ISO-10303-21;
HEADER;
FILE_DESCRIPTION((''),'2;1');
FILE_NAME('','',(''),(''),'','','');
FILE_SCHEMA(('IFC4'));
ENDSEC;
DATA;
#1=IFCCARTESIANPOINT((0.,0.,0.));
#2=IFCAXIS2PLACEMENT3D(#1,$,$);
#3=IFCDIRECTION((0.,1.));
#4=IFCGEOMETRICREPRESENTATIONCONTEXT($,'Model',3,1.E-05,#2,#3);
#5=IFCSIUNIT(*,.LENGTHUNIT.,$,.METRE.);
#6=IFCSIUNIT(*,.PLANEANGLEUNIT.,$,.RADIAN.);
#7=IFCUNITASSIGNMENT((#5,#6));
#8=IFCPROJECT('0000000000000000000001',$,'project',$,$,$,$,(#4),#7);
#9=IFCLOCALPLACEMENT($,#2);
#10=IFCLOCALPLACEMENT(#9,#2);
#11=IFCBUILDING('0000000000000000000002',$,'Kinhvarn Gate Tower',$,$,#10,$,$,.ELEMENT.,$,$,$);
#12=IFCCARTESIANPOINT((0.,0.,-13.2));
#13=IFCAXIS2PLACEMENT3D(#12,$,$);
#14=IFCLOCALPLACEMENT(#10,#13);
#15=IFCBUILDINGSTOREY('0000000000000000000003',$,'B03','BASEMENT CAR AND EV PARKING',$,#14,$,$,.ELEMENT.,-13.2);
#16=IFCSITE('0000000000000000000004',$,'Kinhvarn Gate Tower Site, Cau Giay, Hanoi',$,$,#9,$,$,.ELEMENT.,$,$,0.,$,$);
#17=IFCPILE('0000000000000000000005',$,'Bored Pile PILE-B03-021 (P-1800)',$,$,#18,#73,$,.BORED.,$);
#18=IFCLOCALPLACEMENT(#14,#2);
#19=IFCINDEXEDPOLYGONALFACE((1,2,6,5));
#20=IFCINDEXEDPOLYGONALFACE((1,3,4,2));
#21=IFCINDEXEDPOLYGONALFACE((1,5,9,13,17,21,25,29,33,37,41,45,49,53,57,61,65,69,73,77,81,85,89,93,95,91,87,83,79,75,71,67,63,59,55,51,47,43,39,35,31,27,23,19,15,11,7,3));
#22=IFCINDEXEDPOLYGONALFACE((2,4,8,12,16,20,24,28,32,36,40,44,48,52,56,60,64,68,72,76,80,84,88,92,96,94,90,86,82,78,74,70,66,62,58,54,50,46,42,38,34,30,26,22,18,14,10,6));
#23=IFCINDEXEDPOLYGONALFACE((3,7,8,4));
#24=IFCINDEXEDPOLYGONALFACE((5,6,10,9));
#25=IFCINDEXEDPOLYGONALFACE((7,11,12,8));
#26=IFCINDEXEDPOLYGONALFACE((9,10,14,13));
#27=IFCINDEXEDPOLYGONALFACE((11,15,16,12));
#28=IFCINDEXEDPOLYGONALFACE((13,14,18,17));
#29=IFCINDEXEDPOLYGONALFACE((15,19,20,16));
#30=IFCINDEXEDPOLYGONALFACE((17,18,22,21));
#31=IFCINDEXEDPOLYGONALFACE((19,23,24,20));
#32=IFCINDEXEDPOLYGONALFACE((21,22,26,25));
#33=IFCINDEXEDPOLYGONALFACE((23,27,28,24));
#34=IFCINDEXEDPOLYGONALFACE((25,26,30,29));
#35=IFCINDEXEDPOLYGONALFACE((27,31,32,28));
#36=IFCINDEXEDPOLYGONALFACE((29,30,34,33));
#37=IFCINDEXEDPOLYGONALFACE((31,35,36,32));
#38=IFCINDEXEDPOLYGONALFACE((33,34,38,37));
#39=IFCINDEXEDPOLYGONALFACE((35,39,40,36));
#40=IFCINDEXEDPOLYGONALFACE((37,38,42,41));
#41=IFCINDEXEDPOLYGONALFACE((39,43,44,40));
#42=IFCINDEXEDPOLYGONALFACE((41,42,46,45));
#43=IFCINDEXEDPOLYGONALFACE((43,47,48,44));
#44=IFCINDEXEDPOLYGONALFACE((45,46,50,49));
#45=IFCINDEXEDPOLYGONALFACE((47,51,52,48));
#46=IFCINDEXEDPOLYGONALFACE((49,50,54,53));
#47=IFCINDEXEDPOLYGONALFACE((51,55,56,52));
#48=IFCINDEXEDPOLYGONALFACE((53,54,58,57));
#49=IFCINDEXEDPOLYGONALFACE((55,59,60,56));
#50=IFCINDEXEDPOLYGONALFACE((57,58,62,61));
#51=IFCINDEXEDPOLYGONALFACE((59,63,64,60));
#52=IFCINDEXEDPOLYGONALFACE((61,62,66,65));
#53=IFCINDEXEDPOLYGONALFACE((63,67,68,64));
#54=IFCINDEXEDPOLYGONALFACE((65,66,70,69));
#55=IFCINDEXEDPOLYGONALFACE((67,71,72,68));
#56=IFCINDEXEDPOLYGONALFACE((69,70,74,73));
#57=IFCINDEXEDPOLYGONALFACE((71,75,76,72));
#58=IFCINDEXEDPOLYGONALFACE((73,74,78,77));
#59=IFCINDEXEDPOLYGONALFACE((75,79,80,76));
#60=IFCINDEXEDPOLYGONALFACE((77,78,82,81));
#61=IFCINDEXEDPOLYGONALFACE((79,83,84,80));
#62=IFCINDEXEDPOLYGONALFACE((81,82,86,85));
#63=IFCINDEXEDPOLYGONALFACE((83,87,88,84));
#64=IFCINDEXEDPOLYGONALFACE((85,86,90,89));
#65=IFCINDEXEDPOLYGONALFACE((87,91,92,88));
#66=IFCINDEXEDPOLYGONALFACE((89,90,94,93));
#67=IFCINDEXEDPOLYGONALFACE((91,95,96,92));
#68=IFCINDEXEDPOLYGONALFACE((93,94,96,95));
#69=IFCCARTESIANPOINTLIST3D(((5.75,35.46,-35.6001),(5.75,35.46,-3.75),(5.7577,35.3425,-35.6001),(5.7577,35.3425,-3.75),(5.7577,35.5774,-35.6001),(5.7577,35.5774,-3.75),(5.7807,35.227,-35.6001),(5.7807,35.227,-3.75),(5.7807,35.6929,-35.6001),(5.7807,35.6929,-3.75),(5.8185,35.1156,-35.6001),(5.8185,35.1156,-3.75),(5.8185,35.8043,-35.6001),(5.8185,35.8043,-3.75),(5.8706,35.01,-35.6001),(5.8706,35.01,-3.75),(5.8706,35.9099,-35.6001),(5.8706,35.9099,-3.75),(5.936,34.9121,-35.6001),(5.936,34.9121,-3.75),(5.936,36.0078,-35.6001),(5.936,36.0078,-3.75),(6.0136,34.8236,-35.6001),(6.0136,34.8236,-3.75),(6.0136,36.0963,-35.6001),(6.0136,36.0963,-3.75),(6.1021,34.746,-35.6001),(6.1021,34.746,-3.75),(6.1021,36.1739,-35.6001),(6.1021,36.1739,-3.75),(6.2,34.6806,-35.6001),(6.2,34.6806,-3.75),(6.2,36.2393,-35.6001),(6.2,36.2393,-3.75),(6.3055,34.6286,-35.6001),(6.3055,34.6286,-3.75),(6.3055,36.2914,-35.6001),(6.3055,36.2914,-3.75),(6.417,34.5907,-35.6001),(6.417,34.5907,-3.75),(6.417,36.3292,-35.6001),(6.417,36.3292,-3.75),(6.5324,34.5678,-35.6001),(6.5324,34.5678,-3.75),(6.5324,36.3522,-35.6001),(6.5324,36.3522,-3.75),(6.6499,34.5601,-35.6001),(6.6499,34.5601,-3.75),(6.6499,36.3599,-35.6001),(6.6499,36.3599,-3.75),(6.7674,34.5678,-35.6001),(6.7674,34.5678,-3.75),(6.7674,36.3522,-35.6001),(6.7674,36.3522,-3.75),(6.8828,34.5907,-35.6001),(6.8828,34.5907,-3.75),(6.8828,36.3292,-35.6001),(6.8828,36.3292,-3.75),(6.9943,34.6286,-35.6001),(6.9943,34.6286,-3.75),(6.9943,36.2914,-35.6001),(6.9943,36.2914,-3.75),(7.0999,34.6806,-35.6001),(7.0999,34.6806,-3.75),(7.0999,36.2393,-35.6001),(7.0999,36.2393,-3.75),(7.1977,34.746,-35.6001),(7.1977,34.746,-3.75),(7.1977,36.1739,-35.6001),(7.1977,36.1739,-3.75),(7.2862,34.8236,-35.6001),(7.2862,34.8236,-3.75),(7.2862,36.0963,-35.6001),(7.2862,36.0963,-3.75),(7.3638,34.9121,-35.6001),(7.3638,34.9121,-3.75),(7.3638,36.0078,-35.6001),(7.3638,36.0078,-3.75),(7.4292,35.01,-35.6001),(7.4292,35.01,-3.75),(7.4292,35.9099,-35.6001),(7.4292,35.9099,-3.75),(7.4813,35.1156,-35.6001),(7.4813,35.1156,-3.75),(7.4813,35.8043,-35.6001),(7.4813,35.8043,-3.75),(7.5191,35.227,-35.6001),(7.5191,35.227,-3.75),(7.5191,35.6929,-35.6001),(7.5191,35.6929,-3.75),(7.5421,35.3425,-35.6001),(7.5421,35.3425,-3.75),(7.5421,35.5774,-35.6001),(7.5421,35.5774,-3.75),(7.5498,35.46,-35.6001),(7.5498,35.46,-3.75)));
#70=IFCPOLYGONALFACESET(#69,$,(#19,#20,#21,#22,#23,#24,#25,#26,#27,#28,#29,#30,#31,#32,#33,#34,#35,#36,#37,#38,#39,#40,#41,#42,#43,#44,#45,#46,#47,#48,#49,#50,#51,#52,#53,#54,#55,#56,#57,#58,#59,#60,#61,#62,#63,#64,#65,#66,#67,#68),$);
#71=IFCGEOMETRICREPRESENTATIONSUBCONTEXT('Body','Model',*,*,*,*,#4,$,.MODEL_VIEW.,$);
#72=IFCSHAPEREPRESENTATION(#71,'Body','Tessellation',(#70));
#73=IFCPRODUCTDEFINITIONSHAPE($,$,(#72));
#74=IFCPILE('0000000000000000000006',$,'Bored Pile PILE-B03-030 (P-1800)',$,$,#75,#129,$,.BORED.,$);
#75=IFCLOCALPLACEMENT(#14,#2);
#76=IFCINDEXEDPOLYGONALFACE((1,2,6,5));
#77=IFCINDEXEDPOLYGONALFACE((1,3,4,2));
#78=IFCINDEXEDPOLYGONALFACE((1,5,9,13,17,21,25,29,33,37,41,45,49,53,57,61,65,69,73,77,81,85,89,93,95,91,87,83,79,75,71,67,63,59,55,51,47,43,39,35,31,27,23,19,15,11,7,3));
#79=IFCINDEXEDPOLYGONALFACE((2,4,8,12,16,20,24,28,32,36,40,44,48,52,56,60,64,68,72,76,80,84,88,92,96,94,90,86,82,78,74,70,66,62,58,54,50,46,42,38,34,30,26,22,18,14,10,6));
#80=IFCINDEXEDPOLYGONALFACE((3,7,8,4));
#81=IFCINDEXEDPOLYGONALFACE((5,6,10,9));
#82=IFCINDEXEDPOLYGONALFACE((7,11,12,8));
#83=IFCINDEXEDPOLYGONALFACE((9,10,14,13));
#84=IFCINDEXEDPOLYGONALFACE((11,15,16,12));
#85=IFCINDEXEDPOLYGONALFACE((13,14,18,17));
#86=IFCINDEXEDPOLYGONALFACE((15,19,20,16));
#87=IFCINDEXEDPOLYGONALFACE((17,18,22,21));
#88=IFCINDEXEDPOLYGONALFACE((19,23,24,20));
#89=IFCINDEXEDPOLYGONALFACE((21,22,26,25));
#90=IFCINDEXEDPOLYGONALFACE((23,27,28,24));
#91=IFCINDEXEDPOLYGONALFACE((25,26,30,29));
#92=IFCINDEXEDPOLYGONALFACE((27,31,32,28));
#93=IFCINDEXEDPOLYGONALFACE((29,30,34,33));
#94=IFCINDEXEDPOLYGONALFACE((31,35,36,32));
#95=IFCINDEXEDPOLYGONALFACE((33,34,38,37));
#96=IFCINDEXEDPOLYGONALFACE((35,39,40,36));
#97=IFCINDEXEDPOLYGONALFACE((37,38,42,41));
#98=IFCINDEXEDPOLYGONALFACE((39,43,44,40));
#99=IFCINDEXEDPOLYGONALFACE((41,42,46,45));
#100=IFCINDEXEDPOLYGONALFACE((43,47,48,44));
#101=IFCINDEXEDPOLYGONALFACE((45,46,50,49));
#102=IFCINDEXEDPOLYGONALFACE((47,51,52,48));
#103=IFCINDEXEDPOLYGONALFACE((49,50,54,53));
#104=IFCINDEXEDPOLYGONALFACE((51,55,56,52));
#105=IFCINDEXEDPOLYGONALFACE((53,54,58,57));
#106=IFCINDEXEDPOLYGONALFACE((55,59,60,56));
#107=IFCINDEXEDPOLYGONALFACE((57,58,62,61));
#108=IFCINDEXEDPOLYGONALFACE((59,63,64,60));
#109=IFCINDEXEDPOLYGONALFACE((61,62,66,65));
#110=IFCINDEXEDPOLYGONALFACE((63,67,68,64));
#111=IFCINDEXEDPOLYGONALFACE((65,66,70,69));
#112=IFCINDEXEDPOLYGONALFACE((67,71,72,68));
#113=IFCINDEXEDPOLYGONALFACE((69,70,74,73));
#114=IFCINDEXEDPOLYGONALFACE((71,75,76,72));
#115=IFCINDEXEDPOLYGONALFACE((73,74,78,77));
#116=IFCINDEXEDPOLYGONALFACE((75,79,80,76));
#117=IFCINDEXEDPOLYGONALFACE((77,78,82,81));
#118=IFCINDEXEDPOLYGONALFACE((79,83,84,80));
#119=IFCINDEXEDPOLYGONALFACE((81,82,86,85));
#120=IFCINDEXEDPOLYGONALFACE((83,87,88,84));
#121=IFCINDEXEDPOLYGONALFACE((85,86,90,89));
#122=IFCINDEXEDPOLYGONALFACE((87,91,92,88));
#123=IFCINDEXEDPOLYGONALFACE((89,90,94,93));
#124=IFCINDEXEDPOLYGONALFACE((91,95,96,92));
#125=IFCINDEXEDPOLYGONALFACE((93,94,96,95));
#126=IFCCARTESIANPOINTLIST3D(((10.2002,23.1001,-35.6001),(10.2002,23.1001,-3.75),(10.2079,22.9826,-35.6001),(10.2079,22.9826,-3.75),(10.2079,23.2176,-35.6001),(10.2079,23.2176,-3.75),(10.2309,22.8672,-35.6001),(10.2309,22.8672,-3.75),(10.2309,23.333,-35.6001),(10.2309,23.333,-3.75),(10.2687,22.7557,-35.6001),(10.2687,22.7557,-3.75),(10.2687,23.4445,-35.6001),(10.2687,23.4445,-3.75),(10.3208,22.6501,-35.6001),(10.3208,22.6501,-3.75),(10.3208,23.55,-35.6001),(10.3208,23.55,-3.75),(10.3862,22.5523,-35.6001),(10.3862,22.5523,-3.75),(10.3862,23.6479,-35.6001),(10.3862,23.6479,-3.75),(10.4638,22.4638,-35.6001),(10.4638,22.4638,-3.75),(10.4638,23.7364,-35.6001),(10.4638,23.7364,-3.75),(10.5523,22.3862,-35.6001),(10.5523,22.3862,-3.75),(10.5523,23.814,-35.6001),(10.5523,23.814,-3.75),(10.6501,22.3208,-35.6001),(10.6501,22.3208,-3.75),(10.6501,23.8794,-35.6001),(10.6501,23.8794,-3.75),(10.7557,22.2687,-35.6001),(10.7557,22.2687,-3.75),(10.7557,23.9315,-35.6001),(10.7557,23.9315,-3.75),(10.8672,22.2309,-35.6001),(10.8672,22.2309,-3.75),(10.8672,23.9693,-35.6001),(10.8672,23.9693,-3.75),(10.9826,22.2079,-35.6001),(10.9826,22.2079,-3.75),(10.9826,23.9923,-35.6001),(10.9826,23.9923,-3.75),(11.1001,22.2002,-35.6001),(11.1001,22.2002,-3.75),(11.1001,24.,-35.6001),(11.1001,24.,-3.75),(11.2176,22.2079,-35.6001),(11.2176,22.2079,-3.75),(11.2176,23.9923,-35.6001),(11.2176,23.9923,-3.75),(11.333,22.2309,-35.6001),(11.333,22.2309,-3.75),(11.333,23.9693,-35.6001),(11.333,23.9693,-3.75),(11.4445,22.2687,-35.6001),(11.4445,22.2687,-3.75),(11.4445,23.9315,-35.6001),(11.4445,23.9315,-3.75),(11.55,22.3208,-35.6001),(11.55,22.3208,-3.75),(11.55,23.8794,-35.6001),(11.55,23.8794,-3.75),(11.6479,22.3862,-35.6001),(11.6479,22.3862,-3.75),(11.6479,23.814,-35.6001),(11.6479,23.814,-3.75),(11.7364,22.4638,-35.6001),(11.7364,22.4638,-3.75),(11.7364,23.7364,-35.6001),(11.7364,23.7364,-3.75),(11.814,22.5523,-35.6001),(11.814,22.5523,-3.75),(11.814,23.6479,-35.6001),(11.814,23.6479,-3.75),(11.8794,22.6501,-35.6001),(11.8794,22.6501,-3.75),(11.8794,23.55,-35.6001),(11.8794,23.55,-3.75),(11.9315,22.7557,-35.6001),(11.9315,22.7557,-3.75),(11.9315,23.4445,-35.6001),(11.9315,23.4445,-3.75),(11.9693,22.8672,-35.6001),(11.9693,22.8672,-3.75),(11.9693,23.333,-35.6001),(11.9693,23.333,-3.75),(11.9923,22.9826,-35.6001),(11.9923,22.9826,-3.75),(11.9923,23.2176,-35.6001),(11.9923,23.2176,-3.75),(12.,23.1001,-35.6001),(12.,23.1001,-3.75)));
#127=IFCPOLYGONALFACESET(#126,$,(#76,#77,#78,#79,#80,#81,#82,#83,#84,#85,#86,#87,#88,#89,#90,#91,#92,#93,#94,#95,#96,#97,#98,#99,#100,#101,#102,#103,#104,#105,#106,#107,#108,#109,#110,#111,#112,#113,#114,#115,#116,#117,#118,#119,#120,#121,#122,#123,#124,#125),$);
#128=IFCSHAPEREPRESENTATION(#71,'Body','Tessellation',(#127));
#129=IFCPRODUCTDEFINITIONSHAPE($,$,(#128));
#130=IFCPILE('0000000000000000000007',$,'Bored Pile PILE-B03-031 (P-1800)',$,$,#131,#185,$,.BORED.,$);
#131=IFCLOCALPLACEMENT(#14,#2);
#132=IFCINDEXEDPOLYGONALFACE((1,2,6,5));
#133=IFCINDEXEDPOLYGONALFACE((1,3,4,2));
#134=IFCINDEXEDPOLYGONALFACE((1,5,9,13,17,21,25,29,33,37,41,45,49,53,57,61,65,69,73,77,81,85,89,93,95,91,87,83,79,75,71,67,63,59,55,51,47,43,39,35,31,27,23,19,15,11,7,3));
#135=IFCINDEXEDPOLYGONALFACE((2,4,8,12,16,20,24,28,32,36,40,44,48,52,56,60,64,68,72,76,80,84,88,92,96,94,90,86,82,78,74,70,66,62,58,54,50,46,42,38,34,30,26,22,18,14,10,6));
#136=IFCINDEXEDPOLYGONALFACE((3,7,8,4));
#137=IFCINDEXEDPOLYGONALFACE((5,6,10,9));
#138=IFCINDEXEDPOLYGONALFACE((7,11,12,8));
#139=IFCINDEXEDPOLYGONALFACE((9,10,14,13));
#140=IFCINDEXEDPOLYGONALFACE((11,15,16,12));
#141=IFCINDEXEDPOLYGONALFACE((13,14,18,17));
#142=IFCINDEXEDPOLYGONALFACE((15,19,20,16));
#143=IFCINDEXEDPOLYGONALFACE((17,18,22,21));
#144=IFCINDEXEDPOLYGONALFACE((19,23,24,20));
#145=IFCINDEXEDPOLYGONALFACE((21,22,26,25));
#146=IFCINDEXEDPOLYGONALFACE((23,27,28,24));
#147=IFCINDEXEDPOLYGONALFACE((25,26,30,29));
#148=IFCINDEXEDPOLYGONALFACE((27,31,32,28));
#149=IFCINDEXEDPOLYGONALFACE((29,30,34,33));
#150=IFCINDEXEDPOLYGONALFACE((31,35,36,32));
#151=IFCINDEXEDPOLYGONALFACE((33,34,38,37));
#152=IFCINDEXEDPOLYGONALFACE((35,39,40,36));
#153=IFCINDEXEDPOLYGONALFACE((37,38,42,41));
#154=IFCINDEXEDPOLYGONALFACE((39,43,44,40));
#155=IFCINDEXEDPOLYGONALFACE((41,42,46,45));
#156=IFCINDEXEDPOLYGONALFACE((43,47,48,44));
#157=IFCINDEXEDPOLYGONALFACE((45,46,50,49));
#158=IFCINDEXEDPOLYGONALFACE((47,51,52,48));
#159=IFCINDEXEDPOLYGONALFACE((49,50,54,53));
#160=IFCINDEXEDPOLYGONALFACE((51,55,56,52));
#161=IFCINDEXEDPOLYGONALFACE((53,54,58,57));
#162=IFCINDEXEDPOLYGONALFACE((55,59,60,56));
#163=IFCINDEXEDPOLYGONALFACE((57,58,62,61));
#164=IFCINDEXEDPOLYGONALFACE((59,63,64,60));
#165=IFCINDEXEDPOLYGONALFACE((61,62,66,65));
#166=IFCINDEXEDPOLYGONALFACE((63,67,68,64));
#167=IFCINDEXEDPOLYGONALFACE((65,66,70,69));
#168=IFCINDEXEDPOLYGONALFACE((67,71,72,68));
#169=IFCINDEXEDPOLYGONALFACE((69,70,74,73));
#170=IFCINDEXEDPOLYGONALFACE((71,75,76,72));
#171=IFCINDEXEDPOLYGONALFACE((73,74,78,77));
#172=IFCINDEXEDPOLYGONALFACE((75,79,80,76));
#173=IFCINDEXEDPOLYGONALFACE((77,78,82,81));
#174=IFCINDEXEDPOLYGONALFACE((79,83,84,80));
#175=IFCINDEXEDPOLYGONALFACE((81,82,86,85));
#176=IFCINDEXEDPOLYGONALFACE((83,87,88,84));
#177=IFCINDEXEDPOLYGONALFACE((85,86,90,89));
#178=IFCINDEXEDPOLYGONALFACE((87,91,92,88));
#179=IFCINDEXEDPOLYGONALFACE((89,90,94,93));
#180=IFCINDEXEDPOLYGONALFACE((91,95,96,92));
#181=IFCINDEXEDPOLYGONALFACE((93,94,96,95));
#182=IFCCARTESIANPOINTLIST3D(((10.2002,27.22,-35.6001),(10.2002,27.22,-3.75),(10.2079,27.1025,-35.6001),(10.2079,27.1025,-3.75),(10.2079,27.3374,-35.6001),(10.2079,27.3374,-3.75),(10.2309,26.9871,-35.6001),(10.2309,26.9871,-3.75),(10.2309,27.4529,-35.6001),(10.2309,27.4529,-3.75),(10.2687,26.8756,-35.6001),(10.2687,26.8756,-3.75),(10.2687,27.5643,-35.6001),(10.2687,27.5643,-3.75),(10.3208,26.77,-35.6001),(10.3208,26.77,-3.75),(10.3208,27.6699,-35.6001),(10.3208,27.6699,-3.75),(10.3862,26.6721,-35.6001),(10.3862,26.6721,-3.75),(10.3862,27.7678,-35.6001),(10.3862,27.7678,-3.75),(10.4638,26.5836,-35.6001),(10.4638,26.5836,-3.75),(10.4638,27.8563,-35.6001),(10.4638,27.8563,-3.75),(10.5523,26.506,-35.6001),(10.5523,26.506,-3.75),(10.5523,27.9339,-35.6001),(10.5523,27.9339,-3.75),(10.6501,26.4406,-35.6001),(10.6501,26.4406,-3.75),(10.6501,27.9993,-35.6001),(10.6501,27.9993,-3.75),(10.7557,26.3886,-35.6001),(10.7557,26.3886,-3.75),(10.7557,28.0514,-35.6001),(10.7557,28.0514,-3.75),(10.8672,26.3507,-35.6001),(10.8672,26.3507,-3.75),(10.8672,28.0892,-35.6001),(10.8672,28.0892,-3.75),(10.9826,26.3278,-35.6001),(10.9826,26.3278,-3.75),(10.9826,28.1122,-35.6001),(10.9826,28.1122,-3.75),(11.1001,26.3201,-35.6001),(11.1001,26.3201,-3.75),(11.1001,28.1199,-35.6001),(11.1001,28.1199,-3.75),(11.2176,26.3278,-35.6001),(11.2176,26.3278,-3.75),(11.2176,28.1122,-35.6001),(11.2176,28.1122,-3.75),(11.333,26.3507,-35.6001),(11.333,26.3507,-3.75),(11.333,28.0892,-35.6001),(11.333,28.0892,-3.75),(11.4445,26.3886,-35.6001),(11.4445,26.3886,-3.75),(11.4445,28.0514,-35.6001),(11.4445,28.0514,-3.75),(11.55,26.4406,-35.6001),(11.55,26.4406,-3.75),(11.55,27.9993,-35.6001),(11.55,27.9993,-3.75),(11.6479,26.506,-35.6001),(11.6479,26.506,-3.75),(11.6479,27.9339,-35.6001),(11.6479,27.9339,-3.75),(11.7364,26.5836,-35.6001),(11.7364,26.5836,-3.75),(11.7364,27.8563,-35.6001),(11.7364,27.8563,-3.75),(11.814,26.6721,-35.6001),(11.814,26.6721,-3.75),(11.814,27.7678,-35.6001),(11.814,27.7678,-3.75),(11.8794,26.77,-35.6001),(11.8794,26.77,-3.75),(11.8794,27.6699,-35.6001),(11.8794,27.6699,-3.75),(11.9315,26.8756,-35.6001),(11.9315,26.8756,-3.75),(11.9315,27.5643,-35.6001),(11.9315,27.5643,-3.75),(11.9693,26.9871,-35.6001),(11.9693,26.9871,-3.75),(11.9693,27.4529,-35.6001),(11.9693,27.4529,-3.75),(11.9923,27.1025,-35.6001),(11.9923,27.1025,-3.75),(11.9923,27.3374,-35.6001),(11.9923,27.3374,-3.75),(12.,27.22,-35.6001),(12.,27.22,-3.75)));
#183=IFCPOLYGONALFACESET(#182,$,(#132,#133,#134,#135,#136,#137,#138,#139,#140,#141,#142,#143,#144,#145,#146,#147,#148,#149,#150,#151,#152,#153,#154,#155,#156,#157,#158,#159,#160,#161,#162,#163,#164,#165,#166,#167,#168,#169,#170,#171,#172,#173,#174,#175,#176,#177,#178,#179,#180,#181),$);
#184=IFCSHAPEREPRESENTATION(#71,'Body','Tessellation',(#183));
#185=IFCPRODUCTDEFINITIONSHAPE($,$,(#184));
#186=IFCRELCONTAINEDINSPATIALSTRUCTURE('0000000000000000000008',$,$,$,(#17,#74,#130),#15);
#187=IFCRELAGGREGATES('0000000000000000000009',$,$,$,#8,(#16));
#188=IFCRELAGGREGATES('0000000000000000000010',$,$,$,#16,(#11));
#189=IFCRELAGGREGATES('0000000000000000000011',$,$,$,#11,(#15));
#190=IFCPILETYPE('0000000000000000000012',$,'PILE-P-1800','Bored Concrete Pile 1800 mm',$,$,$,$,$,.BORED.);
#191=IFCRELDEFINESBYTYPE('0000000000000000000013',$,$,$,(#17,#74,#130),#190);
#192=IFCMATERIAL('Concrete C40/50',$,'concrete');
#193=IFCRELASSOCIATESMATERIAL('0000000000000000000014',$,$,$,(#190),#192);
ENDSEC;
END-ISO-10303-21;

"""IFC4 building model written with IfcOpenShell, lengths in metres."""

from ifc_helpers import new_model, si_unit, direction, frame, origin, origin_2d, place, context, subcontext, project, spatial, circle, extrude, material, material_profile, profile_set, type_object, element, save


model = new_model("IFC4")

# Units and contexts
model_context = context("Model", 3, precision=1e-05, world=origin(), true_north=direction((0.0, 1.0)))
body_context = subcontext(model_context, "Body", "Model", "MODEL_VIEW")
ifc_project = project(units=[si_unit("LENGTHUNIT", "METRE"), si_unit("PLANEANGLEUNIT", "RADIAN")], contexts=[model_context])

# Site, building, storey
site_placement = place(None, origin())
site = spatial("IfcSite", under=ifc_project, at=site_placement, Name="Kinhvarn Gate Tower Site, Cau Giay, Hanoi", CompositionType="ELEMENT", RefElevation=0.0)
building_placement = place(site_placement, origin())
building = spatial("IfcBuilding", under=site, at=building_placement, Name="Kinhvarn Gate Tower", CompositionType="ELEMENT")
storey_placement = place(building_placement, frame((0.0, 0.0, -13.2)))
storey = spatial("IfcBuildingStorey", under=building, at=storey_placement, Name="B03", Description="BASEMENT CAR AND EV PARKING", CompositionType="ELEMENT", Elevation=-13.2)

# Piles
ifc_material = material(Name="Concrete C40/50", Category="concrete")
ifc_material_profile_1 = material_profile(ifc_material, circle(Radius=0.8999, at=origin_2d()), Name="PILE D1800")
ifc_profile_set_1 = profile_set([ifc_material_profile_1], Name="Concrete C40/50")
pile_type_1 = type_object("IfcPileType", Name="PILE-P-1800", Description="Bored Concrete Pile 1800 mm", PredefinedType="BORED", material=ifc_profile_set_1)
for number, where, z_axis, x_axis, name in (
    (1, (6.6499, 35.46, -35.6001), (0.0, 0.0, 1.0), (1.0, 0.0, 0.0), "Bored Pile PILE-B03-021 (P-1800)"),
    (2, (11.1001, 23.1001, -35.6001), (0.0, 0.0, 1.0), (1.0, 0.0, 0.0), "Bored Pile PILE-B03-030 (P-1800)"),
    (3, (11.1001, 27.22, -35.6001), (0.0, 0.0, 1.0), (1.0, 0.0, 0.0), "Bored Pile PILE-B03-031 (P-1800)"),
):
    element("IfcPile", number, at=place(storey_placement, frame(where, z_axis=z_axis, x_axis=x_axis)), inside=storey, type_object=pile_type_1, Name=name, PredefinedType="BORED", context=body_context, shape_type="SweptSolid", body=[
        extrude(circle(Radius=0.8999, at=origin_2d()), origin(), (0.0, 0.0, 1.0), 31.8501),
    ])

save(model, "model.ifc")
